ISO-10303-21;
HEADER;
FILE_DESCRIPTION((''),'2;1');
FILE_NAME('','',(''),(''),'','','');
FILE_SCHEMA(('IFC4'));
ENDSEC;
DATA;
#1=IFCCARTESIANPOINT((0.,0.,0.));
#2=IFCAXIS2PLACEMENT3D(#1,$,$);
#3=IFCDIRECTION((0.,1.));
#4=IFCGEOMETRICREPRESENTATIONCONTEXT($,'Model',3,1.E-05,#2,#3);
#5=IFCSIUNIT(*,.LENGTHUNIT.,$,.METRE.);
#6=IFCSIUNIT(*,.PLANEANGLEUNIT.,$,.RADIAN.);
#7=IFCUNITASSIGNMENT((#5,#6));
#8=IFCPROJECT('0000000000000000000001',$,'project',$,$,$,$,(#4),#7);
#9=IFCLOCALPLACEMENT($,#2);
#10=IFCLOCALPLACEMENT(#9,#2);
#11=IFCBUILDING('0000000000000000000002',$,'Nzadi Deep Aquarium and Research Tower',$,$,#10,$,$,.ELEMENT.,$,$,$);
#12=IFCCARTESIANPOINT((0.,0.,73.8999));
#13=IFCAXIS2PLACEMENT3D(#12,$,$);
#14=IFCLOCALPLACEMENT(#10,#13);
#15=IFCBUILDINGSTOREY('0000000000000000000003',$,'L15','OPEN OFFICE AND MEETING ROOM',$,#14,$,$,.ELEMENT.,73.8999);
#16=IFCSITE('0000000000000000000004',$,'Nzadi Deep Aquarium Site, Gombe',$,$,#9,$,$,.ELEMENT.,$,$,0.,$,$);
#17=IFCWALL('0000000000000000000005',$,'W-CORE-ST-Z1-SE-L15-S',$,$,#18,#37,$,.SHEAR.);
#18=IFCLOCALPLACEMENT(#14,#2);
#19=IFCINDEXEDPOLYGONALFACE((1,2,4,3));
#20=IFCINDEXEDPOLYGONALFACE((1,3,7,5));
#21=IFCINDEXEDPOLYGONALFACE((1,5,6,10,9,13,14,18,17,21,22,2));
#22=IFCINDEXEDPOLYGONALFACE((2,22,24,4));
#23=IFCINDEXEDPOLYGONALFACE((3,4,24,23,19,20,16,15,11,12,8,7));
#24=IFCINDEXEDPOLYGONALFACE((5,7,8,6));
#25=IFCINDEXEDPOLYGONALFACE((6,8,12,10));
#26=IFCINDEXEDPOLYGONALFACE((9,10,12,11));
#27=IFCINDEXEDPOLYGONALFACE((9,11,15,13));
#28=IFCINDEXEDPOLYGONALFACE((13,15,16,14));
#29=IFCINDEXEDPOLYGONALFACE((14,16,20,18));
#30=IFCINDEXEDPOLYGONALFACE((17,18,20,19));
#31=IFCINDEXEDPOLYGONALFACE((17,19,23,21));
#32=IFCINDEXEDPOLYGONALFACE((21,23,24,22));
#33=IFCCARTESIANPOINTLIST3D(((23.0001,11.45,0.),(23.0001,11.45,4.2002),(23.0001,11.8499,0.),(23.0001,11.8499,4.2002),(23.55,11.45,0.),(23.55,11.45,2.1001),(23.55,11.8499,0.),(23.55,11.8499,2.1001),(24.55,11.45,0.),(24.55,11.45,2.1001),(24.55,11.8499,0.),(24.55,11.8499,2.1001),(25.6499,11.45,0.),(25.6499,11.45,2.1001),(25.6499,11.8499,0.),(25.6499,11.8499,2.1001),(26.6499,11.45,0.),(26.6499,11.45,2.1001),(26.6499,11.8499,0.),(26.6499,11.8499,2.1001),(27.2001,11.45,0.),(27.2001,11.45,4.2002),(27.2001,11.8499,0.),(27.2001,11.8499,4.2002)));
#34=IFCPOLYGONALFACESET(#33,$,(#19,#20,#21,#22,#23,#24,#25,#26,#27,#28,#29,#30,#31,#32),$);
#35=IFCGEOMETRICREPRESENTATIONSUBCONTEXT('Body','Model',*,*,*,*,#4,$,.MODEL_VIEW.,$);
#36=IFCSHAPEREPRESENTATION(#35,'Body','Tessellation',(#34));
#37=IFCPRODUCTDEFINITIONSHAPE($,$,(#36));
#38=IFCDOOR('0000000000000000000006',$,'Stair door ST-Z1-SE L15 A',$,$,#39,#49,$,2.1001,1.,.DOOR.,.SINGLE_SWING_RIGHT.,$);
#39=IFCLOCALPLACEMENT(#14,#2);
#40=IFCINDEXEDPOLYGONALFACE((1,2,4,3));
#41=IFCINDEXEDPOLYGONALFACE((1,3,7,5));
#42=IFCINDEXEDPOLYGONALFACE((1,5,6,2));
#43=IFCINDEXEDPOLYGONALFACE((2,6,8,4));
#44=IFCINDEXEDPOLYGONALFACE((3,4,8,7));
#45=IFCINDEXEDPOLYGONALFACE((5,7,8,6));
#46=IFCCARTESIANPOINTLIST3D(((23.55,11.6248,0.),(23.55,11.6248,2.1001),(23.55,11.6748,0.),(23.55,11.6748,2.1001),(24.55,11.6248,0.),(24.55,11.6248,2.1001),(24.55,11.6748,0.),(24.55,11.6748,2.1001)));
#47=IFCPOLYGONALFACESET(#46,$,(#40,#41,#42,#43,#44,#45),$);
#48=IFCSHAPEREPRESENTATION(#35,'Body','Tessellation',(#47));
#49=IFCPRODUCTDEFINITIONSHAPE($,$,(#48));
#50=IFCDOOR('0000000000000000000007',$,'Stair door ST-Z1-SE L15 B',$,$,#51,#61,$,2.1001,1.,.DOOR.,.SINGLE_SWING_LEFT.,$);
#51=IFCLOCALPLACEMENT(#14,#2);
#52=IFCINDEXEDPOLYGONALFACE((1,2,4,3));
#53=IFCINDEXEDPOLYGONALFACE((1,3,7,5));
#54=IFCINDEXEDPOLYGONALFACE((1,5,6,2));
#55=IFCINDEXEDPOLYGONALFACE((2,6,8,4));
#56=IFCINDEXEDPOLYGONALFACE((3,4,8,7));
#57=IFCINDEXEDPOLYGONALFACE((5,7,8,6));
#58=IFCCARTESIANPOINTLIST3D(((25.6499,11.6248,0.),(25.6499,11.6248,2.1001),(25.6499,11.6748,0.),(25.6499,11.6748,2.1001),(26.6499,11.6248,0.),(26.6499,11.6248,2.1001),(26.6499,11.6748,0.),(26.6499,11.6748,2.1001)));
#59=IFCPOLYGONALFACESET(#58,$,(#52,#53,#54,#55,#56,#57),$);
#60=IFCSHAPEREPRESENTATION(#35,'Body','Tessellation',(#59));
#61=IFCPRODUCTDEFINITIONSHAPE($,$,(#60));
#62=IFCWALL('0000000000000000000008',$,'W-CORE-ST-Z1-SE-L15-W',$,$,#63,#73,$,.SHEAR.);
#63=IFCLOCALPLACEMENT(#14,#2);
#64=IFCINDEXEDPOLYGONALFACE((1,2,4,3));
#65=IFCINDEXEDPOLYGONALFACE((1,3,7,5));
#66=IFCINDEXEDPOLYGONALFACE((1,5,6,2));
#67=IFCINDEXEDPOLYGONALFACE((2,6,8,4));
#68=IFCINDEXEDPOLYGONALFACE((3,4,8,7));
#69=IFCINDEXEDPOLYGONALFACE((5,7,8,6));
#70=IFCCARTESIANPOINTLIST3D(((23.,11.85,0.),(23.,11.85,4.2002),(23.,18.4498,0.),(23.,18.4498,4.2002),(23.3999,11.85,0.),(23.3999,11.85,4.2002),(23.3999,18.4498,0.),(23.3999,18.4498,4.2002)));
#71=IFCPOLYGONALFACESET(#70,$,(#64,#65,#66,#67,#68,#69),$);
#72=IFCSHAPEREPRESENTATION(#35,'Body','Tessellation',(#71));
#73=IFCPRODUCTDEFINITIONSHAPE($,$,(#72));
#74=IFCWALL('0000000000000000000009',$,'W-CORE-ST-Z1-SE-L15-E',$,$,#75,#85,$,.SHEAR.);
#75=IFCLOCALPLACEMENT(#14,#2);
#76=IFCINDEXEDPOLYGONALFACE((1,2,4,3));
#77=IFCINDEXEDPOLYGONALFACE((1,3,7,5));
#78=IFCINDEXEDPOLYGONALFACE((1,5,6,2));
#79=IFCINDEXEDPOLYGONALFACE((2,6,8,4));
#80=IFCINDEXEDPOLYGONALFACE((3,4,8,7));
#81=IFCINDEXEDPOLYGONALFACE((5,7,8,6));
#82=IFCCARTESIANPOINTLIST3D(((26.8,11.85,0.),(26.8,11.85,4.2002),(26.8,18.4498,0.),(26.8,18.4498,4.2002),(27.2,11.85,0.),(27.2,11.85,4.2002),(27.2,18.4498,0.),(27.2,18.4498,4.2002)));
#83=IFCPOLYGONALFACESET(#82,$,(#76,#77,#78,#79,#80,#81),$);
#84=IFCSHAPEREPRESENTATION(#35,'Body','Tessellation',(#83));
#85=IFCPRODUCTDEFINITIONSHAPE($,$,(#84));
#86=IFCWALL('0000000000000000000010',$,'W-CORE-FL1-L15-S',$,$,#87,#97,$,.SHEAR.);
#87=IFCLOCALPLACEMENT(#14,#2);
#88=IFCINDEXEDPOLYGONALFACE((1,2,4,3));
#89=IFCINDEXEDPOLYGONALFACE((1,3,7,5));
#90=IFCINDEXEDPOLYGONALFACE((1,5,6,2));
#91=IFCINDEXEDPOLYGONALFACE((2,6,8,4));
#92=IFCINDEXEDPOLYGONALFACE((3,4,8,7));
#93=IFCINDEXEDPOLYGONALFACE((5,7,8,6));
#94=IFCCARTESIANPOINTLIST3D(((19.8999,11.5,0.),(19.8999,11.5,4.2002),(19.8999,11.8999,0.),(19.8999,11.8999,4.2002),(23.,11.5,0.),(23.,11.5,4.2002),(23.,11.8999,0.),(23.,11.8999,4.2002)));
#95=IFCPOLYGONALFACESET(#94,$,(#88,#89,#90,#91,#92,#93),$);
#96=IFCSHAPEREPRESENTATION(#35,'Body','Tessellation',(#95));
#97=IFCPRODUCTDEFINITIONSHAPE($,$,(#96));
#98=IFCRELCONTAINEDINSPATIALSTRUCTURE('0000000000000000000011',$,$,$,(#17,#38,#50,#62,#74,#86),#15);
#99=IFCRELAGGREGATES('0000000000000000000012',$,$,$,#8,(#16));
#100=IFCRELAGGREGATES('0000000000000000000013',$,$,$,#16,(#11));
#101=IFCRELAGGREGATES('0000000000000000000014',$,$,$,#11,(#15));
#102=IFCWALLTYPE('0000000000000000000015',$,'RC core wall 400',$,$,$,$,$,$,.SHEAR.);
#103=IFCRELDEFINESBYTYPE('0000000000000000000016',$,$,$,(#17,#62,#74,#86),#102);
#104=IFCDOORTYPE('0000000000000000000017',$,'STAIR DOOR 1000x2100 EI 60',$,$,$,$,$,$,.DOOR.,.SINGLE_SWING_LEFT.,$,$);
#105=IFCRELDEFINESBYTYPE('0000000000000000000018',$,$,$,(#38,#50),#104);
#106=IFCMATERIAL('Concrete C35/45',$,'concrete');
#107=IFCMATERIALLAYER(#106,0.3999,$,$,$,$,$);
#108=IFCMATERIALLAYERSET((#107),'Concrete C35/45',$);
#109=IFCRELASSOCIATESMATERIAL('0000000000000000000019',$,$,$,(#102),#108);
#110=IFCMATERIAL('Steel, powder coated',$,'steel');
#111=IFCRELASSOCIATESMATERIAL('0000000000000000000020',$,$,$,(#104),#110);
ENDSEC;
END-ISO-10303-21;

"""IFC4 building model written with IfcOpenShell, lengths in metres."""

from ifc_helpers import new_model, si_unit, direction, frame, frame_2d, origin, place, context, subcontext, project, spatial, rectangle, extrude, material, layer, layer_set, type_object, element, fill, save


model = new_model("IFC4")

# Units and contexts
model_context = context("Model", 3, precision=1e-05, world=origin(), true_north=direction((0.0, 1.0)))
body_context = subcontext(model_context, "Body", "Model", "MODEL_VIEW")
ifc_project = project(units=[si_unit("LENGTHUNIT", "METRE"), si_unit("PLANEANGLEUNIT", "RADIAN")], contexts=[model_context])

# Site, building, storey
site_placement = place(None, origin())
site = spatial("IfcSite", under=ifc_project, at=site_placement, Name="Nzadi Deep Aquarium Site, Gombe", CompositionType="ELEMENT", RefElevation=0.0)
building_placement = place(site_placement, origin())
building = spatial("IfcBuilding", under=site, at=building_placement, Name="Nzadi Deep Aquarium and Research Tower", CompositionType="ELEMENT")
storey_placement = place(building_placement, frame((0.0, 0.0, 73.8999)))
storey = spatial("IfcBuildingStorey", under=building, at=storey_placement, Name="L15", Description="OPEN OFFICE AND MEETING ROOM", CompositionType="ELEMENT", Elevation=73.8999)

# Wall, openings, doors
ifc_material_1 = material(Name="Concrete C35/45", Category="concrete")
ifc_layer_1 = layer(ifc_material_1, 0.3999)
ifc_layer_set_1 = layer_set([ifc_layer_1], Name="Concrete C35/45")
wall_type_1 = type_object("IfcWallType", Name="RC core wall 400", PredefinedType="SHEAR", material=ifc_layer_set_1)
wall_1_placement = place(storey_placement, frame((23.0, 11.6499, 0.0), z_axis=(0.0, 0.0, 1.0), x_axis=(1.0, 0.0, 0.0)))
wall_1 = element("IfcWall", 1, at=wall_1_placement, inside=storey, type_object=wall_type_1, Name="W-CORE-ST-Z1-SE-L15-S", PredefinedType="SHEAR", context=body_context, shape_type="SweptSolid", body=[
    extrude(rectangle(XDim=4.2, YDim=0.3999, at=frame_2d((2.1001, 0.0))), origin(), (0.0, 0.0, 1.0), 4.2002),
])
opening_1_placement = place(wall_1_placement, frame((0.55, 0.0, 0.0)))
opening_1 = element("IfcOpeningElement", 2, at=opening_1_placement, cuts=wall_1, PredefinedType="OPENING", context=body_context, shape_type="SweptSolid", body=[
    extrude(rectangle(XDim=1.0, YDim=2.1001, at=frame_2d((0.5, 1.05))), frame((0.0, 0.21, 0.0), z_axis=(0.0, -1.0, 0.0), x_axis=(1.0, 0.0, 0.0)), (0.0, 0.0, 1.0), 0.4199),
])
opening_2_placement = place(wall_1_placement, frame((2.6499, 0.0, 0.0)))
opening_2 = element("IfcOpeningElement", 3, at=opening_2_placement, cuts=wall_1, PredefinedType="OPENING", context=body_context, shape_type="SweptSolid", body=[
    extrude(rectangle(XDim=1.0, YDim=2.1001, at=frame_2d((0.5, 1.05))), frame((0.0, 0.21, 0.0), z_axis=(0.0, -1.0, 0.0), x_axis=(1.0, 0.0, 0.0)), (0.0, 0.0, 1.0), 0.4199),
])
ifc_material_2 = material(Name="Steel, powder coated", Category="steel")
door_type = type_object("IfcDoorType", Name="STAIR DOOR 1000x2100 EI 60", OperationType="SINGLE_SWING_LEFT", PredefinedType="DOOR", material=ifc_material_2)
door_1_placement = place(opening_1_placement, origin())
door_1 = element("IfcDoor", 4, at=door_1_placement, inside=storey, type_object=door_type, Name="Stair door ST-Z1-SE L15 A", OperationType="SINGLE_SWING_RIGHT", OverallHeight=2.1001, OverallWidth=1.0, PredefinedType="DOOR", context=body_context, shape_type="SweptSolid", body=[
    extrude(rectangle(XDim=1.0, YDim=2.1001, at=frame_2d((0.5, 1.05))), frame((0.0, 0.0249, 0.0), z_axis=(0.0, -1.0, 0.0), x_axis=(1.0, 0.0, 0.0)), (0.0, 0.0, 1.0), 0.05),
])
fill(opening_1, door_1)
door_2_placement = place(opening_2_placement, origin())
door_2 = element("IfcDoor", 5, at=door_2_placement, inside=storey, type_object=door_type, Name="Stair door ST-Z1-SE L15 B", OperationType="SINGLE_SWING_LEFT", OverallHeight=2.1001, OverallWidth=1.0, PredefinedType="DOOR", context=body_context, shape_type="SweptSolid", body=[
    extrude(rectangle(XDim=1.0, YDim=2.1001, at=frame_2d((0.5, 1.05))), frame((0.0, 0.0249, 0.0), z_axis=(0.0, -1.0, 0.0), x_axis=(1.0, 0.0, 0.0)), (0.0, 0.0, 1.0), 0.05),
])
fill(opening_2, door_2)

# Walls
for number, where, z_axis, x_axis, name in (
    (6, (23.2, 11.8501, 0.0), (0.0, 0.0, 1.0), (0.0, 1.0, 0.0), "W-CORE-ST-Z1-SE-L15-W"),
    (7, (27.0, 11.8501, 0.0), (0.0, 0.0, 1.0), (0.0, 1.0, 0.0), "W-CORE-ST-Z1-SE-L15-E"),
):
    element("IfcWall", number, at=place(storey_placement, frame(where, z_axis=z_axis, x_axis=x_axis)), inside=storey, type_object=wall_type_1, Name=name, PredefinedType="SHEAR", context=body_context, shape_type="SweptSolid", body=[
        extrude(rectangle(XDim=6.5999, YDim=0.3999, at=frame_2d((3.2998, 0.0))), origin(), (0.0, 0.0, 1.0), 4.2002),
    ])
wall_2_placement = place(storey_placement, frame((19.8999, 11.7, 0.0), z_axis=(0.0, 0.0, 1.0), x_axis=(1.0, 0.0, 0.0)))
element("IfcWall", 8, at=wall_2_placement, inside=storey, type_object=wall_type_1, Name="W-CORE-FL1-L15-S", PredefinedType="SHEAR", context=body_context, shape_type="SweptSolid", body=[
    extrude(rectangle(XDim=3.1001, YDim=0.3999, at=frame_2d((1.55, 0.0))), origin(), (0.0, 0.0, 1.0), 4.2002),
])

save(model, "model.ifc")
